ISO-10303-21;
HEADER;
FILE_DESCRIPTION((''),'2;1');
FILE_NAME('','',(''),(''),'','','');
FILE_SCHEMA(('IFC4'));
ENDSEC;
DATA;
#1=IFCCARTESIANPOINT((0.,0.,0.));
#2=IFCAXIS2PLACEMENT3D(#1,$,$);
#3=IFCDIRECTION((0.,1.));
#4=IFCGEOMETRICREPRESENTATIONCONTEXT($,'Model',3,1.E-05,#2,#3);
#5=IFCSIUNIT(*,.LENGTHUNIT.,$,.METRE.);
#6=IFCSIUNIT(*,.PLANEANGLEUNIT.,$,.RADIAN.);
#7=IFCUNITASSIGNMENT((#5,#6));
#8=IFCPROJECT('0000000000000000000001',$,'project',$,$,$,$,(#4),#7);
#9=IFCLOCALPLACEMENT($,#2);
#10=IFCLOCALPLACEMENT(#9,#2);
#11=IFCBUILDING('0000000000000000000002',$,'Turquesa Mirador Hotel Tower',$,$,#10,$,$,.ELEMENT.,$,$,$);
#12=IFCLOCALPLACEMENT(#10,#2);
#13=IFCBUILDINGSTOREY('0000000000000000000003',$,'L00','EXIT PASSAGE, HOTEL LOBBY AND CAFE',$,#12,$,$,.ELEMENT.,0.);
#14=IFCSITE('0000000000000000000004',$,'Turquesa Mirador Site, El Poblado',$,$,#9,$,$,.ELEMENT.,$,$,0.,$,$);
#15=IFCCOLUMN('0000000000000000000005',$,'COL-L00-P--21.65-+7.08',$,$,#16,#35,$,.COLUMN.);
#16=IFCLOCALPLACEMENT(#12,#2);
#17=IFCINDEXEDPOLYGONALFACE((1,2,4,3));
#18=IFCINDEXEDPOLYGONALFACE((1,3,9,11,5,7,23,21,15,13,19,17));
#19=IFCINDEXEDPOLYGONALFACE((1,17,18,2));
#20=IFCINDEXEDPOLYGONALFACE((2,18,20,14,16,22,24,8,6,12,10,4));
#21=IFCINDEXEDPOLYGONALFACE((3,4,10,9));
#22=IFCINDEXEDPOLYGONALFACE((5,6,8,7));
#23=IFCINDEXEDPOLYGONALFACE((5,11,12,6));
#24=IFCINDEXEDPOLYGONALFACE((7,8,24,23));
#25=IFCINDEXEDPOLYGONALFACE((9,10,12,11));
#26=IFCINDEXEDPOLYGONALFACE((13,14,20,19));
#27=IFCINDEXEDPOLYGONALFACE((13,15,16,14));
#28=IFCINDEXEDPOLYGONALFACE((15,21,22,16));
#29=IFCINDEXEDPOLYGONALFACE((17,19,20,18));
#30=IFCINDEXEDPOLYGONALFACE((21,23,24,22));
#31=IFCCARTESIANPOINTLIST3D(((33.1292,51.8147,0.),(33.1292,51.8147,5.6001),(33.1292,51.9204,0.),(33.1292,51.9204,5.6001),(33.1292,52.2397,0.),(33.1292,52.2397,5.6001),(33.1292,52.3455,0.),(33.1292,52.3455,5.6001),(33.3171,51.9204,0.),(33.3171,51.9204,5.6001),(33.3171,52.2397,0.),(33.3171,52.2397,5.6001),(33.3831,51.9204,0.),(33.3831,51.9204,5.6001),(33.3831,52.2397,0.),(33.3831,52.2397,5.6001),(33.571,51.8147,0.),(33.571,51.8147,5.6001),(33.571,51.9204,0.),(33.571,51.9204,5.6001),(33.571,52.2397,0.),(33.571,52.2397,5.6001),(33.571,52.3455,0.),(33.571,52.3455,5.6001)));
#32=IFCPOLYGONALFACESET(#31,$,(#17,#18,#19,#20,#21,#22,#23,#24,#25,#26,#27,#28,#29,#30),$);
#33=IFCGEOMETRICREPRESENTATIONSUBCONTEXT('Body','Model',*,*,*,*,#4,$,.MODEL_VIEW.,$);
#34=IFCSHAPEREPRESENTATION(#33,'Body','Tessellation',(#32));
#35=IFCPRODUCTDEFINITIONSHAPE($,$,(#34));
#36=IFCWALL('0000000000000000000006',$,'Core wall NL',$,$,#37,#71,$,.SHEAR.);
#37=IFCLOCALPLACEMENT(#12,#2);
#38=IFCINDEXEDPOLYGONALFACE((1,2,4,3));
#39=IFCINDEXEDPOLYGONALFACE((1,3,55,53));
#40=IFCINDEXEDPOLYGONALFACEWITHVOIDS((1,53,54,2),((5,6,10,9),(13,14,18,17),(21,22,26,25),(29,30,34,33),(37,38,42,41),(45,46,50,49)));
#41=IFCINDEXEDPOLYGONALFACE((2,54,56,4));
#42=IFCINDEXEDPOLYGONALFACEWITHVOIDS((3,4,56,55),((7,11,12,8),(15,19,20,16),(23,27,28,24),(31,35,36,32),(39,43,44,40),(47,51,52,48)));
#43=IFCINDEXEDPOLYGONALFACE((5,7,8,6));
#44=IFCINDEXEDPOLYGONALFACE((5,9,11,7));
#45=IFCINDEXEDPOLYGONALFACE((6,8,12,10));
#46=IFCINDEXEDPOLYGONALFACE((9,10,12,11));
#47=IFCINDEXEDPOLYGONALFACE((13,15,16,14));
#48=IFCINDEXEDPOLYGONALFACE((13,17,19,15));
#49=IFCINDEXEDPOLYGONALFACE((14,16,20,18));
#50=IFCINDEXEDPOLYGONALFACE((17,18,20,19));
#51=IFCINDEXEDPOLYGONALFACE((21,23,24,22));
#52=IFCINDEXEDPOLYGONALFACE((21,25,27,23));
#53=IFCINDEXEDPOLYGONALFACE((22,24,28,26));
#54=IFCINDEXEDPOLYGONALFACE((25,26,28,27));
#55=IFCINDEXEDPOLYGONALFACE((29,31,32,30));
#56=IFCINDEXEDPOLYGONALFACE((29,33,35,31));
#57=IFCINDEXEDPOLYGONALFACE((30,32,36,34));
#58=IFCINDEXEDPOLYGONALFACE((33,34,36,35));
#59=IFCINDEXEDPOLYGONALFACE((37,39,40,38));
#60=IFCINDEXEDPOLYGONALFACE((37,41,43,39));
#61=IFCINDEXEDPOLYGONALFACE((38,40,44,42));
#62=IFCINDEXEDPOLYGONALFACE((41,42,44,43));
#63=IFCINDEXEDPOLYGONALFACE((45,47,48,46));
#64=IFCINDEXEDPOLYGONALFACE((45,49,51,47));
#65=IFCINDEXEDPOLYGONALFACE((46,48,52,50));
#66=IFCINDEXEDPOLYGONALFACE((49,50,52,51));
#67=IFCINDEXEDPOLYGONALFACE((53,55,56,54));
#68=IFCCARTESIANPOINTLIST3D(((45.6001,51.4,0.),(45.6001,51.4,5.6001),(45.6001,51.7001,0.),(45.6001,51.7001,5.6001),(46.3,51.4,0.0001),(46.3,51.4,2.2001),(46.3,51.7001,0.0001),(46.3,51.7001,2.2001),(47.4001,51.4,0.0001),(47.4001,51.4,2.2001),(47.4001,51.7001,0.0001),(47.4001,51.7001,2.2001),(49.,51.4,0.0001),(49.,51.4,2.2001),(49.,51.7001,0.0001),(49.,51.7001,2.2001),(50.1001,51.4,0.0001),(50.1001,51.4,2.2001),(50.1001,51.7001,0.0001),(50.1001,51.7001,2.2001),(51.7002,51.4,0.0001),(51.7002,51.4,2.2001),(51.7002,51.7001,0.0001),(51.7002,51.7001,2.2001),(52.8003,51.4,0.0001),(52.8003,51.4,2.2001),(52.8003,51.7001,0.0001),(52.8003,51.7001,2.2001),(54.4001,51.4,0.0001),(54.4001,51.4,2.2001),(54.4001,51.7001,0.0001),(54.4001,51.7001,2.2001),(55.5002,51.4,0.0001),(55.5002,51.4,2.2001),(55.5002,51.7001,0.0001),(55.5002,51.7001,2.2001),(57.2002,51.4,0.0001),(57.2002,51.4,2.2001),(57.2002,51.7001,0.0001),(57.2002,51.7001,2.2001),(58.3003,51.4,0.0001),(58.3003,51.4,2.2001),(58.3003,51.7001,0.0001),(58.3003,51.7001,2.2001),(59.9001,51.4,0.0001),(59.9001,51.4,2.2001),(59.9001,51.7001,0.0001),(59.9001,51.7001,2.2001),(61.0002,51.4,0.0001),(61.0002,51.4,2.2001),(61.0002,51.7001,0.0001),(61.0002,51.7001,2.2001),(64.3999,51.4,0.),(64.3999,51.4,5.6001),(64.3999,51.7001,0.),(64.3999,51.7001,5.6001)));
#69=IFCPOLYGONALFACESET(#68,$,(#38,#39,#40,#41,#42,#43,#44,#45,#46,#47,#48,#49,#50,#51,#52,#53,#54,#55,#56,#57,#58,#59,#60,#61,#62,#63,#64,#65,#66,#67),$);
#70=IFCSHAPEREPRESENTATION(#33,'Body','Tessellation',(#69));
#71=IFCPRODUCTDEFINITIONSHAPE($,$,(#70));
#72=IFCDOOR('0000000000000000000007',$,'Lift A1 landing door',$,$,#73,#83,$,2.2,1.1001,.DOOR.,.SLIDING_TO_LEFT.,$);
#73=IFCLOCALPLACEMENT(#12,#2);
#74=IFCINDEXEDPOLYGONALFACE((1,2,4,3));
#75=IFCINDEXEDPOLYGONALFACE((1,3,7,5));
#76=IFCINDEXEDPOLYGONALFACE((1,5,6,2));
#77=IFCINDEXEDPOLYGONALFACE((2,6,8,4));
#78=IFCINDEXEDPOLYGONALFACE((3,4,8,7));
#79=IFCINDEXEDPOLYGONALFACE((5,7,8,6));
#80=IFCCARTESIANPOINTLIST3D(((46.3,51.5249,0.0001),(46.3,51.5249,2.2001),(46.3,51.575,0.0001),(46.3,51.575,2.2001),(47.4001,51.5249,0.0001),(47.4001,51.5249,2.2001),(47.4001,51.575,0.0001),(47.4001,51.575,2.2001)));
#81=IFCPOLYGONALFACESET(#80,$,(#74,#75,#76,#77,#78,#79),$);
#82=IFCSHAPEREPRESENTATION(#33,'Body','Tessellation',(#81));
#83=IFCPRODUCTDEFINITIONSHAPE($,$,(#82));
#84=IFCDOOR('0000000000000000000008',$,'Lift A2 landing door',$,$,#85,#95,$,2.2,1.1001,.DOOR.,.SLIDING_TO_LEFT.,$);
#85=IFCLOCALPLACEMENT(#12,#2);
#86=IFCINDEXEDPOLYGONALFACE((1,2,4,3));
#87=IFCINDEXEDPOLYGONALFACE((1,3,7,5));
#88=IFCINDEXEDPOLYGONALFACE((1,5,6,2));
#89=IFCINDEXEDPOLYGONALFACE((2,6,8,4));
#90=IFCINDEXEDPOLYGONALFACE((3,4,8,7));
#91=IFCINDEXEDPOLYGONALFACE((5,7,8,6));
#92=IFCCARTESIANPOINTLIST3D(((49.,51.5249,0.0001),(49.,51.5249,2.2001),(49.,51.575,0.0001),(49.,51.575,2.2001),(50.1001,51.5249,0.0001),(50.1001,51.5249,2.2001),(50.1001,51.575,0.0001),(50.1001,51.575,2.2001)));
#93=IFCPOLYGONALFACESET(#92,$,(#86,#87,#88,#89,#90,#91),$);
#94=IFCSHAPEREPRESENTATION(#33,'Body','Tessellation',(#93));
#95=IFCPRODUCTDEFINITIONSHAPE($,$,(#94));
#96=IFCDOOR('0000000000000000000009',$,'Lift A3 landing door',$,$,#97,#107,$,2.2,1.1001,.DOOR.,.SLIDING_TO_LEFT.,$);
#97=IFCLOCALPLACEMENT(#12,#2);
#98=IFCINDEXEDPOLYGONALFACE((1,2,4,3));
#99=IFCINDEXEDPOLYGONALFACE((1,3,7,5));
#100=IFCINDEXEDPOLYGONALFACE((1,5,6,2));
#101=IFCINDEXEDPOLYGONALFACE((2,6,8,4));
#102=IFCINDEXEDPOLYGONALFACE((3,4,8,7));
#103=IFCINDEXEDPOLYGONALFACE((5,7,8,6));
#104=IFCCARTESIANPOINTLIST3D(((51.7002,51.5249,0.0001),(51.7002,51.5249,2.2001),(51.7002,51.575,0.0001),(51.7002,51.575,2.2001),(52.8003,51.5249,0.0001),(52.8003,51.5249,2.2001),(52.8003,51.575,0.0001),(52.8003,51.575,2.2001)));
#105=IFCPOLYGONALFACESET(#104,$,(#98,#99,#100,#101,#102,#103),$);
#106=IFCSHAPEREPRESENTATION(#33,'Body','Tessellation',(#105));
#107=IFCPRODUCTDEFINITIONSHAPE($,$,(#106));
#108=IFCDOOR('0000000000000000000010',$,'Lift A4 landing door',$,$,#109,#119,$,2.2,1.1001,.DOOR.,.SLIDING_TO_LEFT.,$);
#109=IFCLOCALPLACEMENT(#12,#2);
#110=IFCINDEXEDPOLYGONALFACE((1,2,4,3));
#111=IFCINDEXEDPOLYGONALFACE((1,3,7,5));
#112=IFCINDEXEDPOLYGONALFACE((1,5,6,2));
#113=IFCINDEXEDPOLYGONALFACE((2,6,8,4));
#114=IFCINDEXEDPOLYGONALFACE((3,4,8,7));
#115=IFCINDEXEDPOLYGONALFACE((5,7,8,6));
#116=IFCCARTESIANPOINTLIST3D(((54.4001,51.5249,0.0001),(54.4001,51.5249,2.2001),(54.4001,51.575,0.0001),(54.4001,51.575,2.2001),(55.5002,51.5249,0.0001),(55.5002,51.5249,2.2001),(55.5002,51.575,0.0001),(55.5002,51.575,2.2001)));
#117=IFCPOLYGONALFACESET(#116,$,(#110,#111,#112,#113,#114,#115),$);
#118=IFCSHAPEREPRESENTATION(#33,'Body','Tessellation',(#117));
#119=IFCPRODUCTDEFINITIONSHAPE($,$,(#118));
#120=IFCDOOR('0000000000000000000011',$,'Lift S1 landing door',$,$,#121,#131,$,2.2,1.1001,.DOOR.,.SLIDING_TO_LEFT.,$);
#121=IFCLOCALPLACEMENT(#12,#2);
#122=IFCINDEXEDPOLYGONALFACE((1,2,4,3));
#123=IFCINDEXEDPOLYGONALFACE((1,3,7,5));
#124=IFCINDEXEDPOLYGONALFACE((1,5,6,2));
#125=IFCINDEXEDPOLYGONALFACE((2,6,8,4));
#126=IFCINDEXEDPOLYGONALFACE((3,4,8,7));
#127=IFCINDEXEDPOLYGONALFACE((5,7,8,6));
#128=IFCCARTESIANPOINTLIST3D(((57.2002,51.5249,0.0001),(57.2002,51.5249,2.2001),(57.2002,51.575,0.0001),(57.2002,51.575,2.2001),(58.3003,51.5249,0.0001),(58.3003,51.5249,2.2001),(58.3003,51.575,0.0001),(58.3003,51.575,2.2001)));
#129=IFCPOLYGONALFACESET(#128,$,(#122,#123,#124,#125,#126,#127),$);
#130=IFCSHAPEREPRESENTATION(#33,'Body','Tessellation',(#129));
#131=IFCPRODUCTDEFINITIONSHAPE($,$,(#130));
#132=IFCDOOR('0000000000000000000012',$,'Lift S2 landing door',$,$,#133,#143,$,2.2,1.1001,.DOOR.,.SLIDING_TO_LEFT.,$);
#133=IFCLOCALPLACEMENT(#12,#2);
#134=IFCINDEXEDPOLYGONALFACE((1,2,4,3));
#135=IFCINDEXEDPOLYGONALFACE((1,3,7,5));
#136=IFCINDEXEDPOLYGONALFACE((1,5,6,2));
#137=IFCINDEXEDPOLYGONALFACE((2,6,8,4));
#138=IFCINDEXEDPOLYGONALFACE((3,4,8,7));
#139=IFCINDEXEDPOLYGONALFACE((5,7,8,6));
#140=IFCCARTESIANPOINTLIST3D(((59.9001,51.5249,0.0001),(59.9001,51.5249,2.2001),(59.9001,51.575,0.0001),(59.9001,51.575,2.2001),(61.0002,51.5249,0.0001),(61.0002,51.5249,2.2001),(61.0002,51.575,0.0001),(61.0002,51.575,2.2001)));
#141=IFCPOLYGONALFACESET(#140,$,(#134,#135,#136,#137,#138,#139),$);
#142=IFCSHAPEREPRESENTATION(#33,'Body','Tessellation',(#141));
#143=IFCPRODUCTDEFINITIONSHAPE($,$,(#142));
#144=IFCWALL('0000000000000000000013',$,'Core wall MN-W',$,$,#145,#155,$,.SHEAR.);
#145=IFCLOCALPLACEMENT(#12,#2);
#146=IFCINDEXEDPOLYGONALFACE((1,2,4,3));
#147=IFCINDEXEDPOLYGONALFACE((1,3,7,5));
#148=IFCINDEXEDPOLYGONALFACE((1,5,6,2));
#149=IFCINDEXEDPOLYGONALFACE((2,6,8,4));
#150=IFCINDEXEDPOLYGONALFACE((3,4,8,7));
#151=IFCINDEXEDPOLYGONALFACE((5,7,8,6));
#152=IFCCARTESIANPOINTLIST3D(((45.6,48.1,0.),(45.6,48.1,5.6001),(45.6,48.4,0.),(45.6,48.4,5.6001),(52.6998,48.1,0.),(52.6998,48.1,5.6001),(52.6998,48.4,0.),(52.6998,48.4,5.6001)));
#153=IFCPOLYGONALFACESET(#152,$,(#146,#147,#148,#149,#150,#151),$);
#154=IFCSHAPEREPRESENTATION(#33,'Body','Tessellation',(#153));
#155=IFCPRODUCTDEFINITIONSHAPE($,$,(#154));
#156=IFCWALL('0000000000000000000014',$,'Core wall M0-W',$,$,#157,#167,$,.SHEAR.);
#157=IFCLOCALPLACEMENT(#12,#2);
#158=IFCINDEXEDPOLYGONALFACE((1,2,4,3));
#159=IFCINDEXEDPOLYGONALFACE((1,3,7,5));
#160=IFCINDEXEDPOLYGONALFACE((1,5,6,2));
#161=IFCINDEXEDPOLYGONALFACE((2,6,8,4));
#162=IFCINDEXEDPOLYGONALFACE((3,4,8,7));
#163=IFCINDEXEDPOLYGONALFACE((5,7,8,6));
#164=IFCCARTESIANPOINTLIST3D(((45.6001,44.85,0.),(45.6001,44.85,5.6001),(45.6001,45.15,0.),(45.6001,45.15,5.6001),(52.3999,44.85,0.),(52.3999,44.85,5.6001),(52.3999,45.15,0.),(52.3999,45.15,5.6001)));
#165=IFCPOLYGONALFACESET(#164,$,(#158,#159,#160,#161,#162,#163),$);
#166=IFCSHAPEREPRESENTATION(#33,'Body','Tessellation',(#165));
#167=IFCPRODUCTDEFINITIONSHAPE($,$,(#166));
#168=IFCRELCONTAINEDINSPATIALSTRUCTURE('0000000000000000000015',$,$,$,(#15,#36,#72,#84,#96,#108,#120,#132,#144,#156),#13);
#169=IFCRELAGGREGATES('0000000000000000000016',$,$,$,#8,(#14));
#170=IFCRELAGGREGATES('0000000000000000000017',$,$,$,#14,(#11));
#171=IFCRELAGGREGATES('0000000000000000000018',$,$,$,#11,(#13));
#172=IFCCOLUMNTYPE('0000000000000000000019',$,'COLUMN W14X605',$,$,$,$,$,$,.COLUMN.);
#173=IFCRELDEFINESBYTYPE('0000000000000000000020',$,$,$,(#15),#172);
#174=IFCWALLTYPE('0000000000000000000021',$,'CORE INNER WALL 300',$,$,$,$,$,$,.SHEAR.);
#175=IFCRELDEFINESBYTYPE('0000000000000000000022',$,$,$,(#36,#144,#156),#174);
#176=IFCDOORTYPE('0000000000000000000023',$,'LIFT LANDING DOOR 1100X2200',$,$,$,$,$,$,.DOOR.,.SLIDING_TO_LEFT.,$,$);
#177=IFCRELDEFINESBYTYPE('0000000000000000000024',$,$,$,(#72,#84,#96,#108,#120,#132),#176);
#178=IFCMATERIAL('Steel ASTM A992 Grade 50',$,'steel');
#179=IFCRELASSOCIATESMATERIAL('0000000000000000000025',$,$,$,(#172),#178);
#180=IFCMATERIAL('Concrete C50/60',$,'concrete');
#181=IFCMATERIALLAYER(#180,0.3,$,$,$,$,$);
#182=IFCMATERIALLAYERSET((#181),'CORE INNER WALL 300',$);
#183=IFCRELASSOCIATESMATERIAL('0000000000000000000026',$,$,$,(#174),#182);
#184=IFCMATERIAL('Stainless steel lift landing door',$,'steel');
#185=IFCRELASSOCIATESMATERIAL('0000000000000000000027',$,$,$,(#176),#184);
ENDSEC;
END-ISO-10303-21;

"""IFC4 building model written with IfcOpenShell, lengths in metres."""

from ifc_helpers import new_model, si_unit, direction, frame, frame_2d, origin, origin_2d, place, context, subcontext, project, spatial, rectangle, i_section, extrude, material, layer, layer_set, material_profile, profile_set, type_object, element, fill, save


model = new_model("IFC4")

# Units and contexts
model_context = context("Model", 3, precision=1e-05, world=origin(), true_north=direction((0.0, 1.0)))
body_context = subcontext(model_context, "Body", "Model", "MODEL_VIEW")
ifc_project = project(units=[si_unit("LENGTHUNIT", "METRE"), si_unit("PLANEANGLEUNIT", "RADIAN")], contexts=[model_context])

# Site, building, storey
site_placement = place(None, origin())
site = spatial("IfcSite", under=ifc_project, at=site_placement, Name="Turquesa Mirador Site, El Poblado", CompositionType="ELEMENT", RefElevation=0.0)
building_placement = place(site_placement, origin())
building = spatial("IfcBuilding", under=site, at=building_placement, Name="Turquesa Mirador Hotel Tower", CompositionType="ELEMENT")
storey_placement = place(building_placement, origin())
storey = spatial("IfcBuildingStorey", under=building, at=storey_placement, Name="L00", Description="EXIT PASSAGE, HOTEL LOBBY AND CAFE", CompositionType="ELEMENT", Elevation=0.0)

# Column
ifc_material_1 = material(Name="Steel ASTM A992 Grade 50", Category="steel")
ifc_material_profile = material_profile(ifc_material_1, i_section(OverallWidth=0.4419, OverallDepth=0.5308, WebThickness=0.0659, FlangeThickness=0.1057, at=origin_2d()), Name="W14X605")
ifc_profile_set = profile_set([ifc_material_profile], Name="Steel ASTM A992 Grade 50")
column_type = type_object("IfcColumnType", Name="COLUMN W14X605", PredefinedType="COLUMN", material=ifc_profile_set)
column_placement = place(storey_placement, frame((33.3501, 52.0801, 0.0), z_axis=(0.0, 0.0, 1.0), x_axis=(1.0, 0.0, 0.0)))
element("IfcColumn", 1, at=column_placement, inside=storey, type_object=column_type, Name="COL-L00-P--21.65-+7.08", PredefinedType="COLUMN", context=body_context, shape_type="SweptSolid", body=[
    extrude(i_section(OverallWidth=0.4419, OverallDepth=0.5308, WebThickness=0.0659, FlangeThickness=0.1057, at=origin_2d()), origin(), (0.0, 0.0, 1.0), 5.6001),
])

# Wall, openings, doors
ifc_material_2 = material(Name="Concrete C50/60", Category="concrete")
ifc_layer_1 = layer(ifc_material_2, 0.3)
ifc_layer_set_1 = layer_set([ifc_layer_1], Name="CORE INNER WALL 300")
wall_type_1 = type_object("IfcWallType", Name="CORE INNER WALL 300", PredefinedType="SHEAR", material=ifc_layer_set_1)
wall_1_placement = place(storey_placement, frame((45.6001, 51.55, 0.0), z_axis=(0.0, 0.0, 1.0), x_axis=(1.0, 0.0, 0.0)))
wall_1 = element("IfcWall", 2, at=wall_1_placement, inside=storey, type_object=wall_type_1, Name="Core wall NL", PredefinedType="SHEAR", context=body_context, shape_type="SweptSolid", body=[
    extrude(rectangle(XDim=18.7998, YDim=0.3, at=frame_2d((9.3999, 0.0))), origin(), (0.0, 0.0, 1.0), 5.6001),
])
opening_1_placement = place(wall_1_placement, frame((0.7, 0.0, 0.0)))
opening_1 = element("IfcOpeningElement", 3, at=opening_1_placement, cuts=wall_1, PredefinedType="OPENING", context=body_context, shape_type="SweptSolid", body=[
    extrude(rectangle(XDim=1.1001, YDim=2.2, at=frame_2d((0.55, 1.1001))), frame((0.0, 0.1599, 0.0), z_axis=(0.0, -1.0, 0.0), x_axis=(1.0, 0.0, 0.0)), (0.0, 0.0, 1.0), 0.3201),
])
opening_2_placement = place(wall_1_placement, frame((3.3999, 0.0, 0.0)))
opening_2 = element("IfcOpeningElement", 4, at=opening_2_placement, cuts=wall_1, PredefinedType="OPENING", context=body_context, shape_type="SweptSolid", body=[
    extrude(rectangle(XDim=1.1001, YDim=2.2, at=frame_2d((0.55, 1.1001))), frame((0.0, 0.1599, 0.0), z_axis=(0.0, -1.0, 0.0), x_axis=(1.0, 0.0, 0.0)), (0.0, 0.0, 1.0), 0.3201),
])
opening_3_placement = place(wall_1_placement, frame((6.1001, 0.0, 0.0)))
opening_3 = element("IfcOpeningElement", 5, at=opening_3_placement, cuts=wall_1, PredefinedType="OPENING", context=body_context, shape_type="SweptSolid", body=[
    extrude(rectangle(XDim=1.1001, YDim=2.2, at=frame_2d((0.55, 1.1001))), frame((0.0, 0.1599, 0.0), z_axis=(0.0, -1.0, 0.0), x_axis=(1.0, 0.0, 0.0)), (0.0, 0.0, 1.0), 0.3201),
])
opening_4_placement = place(wall_1_placement, frame((8.8, 0.0, 0.0)))
opening_4 = element("IfcOpeningElement", 6, at=opening_4_placement, cuts=wall_1, PredefinedType="OPENING", context=body_context, shape_type="SweptSolid", body=[
    extrude(rectangle(XDim=1.1001, YDim=2.2, at=frame_2d((0.55, 1.1001))), frame((0.0, 0.1599, 0.0), z_axis=(0.0, -1.0, 0.0), x_axis=(1.0, 0.0, 0.0)), (0.0, 0.0, 1.0), 0.3201),
])
opening_5_placement = place(wall_1_placement, frame((11.6001, 0.0, 0.0)))
opening_5 = element("IfcOpeningElement", 7, at=opening_5_placement, cuts=wall_1, PredefinedType="OPENING", context=body_context, shape_type="SweptSolid", body=[
    extrude(rectangle(XDim=1.1001, YDim=2.2, at=frame_2d((0.55, 1.1001))), frame((0.0, 0.1599, 0.0), z_axis=(0.0, -1.0, 0.0), x_axis=(1.0, 0.0, 0.0)), (0.0, 0.0, 1.0), 0.3201),
])
opening_6_placement = place(wall_1_placement, frame((14.3, 0.0, 0.0)))
opening_6 = element("IfcOpeningElement", 8, at=opening_6_placement, cuts=wall_1, PredefinedType="OPENING", context=body_context, shape_type="SweptSolid", body=[
    extrude(rectangle(XDim=1.1001, YDim=2.2, at=frame_2d((0.55, 1.1001))), frame((0.0, 0.1599, 0.0), z_axis=(0.0, -1.0, 0.0), x_axis=(1.0, 0.0, 0.0)), (0.0, 0.0, 1.0), 0.3201),
])
ifc_material_3 = material(Name="Stainless steel lift landing door", Category="steel")
door_type_1 = type_object("IfcDoorType", Name="LIFT LANDING DOOR 1100X2200", OperationType="SLIDING_TO_LEFT", PredefinedType="DOOR", material=ifc_material_3)
door_1_placement = place(opening_1_placement, origin())
door_1 = element("IfcDoor", 9, at=door_1_placement, inside=storey, type_object=door_type_1, Name="Lift A1 landing door", OperationType="SLIDING_TO_LEFT", OverallHeight=2.2, OverallWidth=1.1001, PredefinedType="DOOR", context=body_context, shape_type="SweptSolid", body=[
    extrude(rectangle(XDim=1.1001, YDim=2.2, at=frame_2d((0.55, 1.1001))), frame((0.0, 0.0249, 0.0), z_axis=(0.0, -1.0, 0.0), x_axis=(1.0, 0.0, 0.0)), (0.0, 0.0, 1.0), 0.05),
])
fill(opening_1, door_1)
door_2_placement = place(opening_2_placement, origin())
door_2 = element("IfcDoor", 10, at=door_2_placement, inside=storey, type_object=door_type_1, Name="Lift A2 landing door", OperationType="SLIDING_TO_LEFT", OverallHeight=2.2, OverallWidth=1.1001, PredefinedType="DOOR", context=body_context, shape_type="SweptSolid", body=[
    extrude(rectangle(XDim=1.1001, YDim=2.2, at=frame_2d((0.55, 1.1001))), frame((0.0, 0.0249, 0.0), z_axis=(0.0, -1.0, 0.0), x_axis=(1.0, 0.0, 0.0)), (0.0, 0.0, 1.0), 0.05),
])
fill(opening_2, door_2)
door_3_placement = place(opening_3_placement, origin())
door_3 = element("IfcDoor", 11, at=door_3_placement, inside=storey, type_object=door_type_1, Name="Lift A3 landing door", OperationType="SLIDING_TO_LEFT", OverallHeight=2.2, OverallWidth=1.1001, PredefinedType="DOOR", context=body_context, shape_type="SweptSolid", body=[
    extrude(rectangle(XDim=1.1001, YDim=2.2, at=frame_2d((0.55, 1.1001))), frame((0.0, 0.0249, 0.0), z_axis=(0.0, -1.0, 0.0), x_axis=(1.0, 0.0, 0.0)), (0.0, 0.0, 1.0), 0.05),
])
fill(opening_3, door_3)
door_4_placement = place(opening_4_placement, origin())
door_4 = element("IfcDoor", 12, at=door_4_placement, inside=storey, type_object=door_type_1, Name="Lift A4 landing door", OperationType="SLIDING_TO_LEFT", OverallHeight=2.2, OverallWidth=1.1001, PredefinedType="DOOR", context=body_context, shape_type="SweptSolid", body=[
    extrude(rectangle(XDim=1.1001, YDim=2.2, at=frame_2d((0.55, 1.1001))), frame((0.0, 0.0249, 0.0), z_axis=(0.0, -1.0, 0.0), x_axis=(1.0, 0.0, 0.0)), (0.0, 0.0, 1.0), 0.05),
])
fill(opening_4, door_4)
door_5_placement = place(opening_5_placement, origin())
door_5 = element("IfcDoor", 13, at=door_5_placement, inside=storey, type_object=door_type_1, Name="Lift S1 landing door", OperationType="SLIDING_TO_LEFT", OverallHeight=2.2, OverallWidth=1.1001, PredefinedType="DOOR", context=body_context, shape_type="SweptSolid", body=[
    extrude(rectangle(XDim=1.1001, YDim=2.2, at=frame_2d((0.55, 1.1001))), frame((0.0, 0.0249, 0.0), z_axis=(0.0, -1.0, 0.0), x_axis=(1.0, 0.0, 0.0)), (0.0, 0.0, 1.0), 0.05),
])
fill(opening_5, door_5)
door_6_placement = place(opening_6_placement, origin())
door_6 = element("IfcDoor", 14, at=door_6_placement, inside=storey, type_object=door_type_1, Name="Lift S2 landing door", OperationType="SLIDING_TO_LEFT", OverallHeight=2.2, OverallWidth=1.1001, PredefinedType="DOOR", context=body_context, shape_type="SweptSolid", body=[
    extrude(rectangle(XDim=1.1001, YDim=2.2, at=frame_2d((0.55, 1.1001))), frame((0.0, 0.0249, 0.0), z_axis=(0.0, -1.0, 0.0), x_axis=(1.0, 0.0, 0.0)), (0.0, 0.0, 1.0), 0.05),
])
fill(opening_6, door_6)

# Walls
wall_2_placement = place(storey_placement, frame((45.6001, 48.25, 0.0), z_axis=(0.0, 0.0, 1.0), x_axis=(1.0, 0.0, 0.0)))
element("IfcWall", 15, at=wall_2_placement, inside=storey, type_object=wall_type_1, Name="Core wall MN-W", PredefinedType="SHEAR", context=body_context, shape_type="SweptSolid", body=[
    extrude(rectangle(XDim=7.0999, YDim=0.3, at=frame_2d((3.5498, 0.0))), origin(), (0.0, 0.0, 1.0), 5.6001),
])
wall_3_placement = place(storey_placement, frame((45.6001, 45.0, 0.0), z_axis=(0.0, 0.0, 1.0), x_axis=(1.0, 0.0, 0.0)))
element("IfcWall", 16, at=wall_3_placement, inside=storey, type_object=wall_type_1, Name="Core wall M0-W", PredefinedType="SHEAR", context=body_context, shape_type="SweptSolid", body=[
    extrude(rectangle(XDim=6.7998, YDim=0.3, at=frame_2d((3.3999, 0.0))), origin(), (0.0, 0.0, 1.0), 5.6001),
])

save(model, "model.ifc")
